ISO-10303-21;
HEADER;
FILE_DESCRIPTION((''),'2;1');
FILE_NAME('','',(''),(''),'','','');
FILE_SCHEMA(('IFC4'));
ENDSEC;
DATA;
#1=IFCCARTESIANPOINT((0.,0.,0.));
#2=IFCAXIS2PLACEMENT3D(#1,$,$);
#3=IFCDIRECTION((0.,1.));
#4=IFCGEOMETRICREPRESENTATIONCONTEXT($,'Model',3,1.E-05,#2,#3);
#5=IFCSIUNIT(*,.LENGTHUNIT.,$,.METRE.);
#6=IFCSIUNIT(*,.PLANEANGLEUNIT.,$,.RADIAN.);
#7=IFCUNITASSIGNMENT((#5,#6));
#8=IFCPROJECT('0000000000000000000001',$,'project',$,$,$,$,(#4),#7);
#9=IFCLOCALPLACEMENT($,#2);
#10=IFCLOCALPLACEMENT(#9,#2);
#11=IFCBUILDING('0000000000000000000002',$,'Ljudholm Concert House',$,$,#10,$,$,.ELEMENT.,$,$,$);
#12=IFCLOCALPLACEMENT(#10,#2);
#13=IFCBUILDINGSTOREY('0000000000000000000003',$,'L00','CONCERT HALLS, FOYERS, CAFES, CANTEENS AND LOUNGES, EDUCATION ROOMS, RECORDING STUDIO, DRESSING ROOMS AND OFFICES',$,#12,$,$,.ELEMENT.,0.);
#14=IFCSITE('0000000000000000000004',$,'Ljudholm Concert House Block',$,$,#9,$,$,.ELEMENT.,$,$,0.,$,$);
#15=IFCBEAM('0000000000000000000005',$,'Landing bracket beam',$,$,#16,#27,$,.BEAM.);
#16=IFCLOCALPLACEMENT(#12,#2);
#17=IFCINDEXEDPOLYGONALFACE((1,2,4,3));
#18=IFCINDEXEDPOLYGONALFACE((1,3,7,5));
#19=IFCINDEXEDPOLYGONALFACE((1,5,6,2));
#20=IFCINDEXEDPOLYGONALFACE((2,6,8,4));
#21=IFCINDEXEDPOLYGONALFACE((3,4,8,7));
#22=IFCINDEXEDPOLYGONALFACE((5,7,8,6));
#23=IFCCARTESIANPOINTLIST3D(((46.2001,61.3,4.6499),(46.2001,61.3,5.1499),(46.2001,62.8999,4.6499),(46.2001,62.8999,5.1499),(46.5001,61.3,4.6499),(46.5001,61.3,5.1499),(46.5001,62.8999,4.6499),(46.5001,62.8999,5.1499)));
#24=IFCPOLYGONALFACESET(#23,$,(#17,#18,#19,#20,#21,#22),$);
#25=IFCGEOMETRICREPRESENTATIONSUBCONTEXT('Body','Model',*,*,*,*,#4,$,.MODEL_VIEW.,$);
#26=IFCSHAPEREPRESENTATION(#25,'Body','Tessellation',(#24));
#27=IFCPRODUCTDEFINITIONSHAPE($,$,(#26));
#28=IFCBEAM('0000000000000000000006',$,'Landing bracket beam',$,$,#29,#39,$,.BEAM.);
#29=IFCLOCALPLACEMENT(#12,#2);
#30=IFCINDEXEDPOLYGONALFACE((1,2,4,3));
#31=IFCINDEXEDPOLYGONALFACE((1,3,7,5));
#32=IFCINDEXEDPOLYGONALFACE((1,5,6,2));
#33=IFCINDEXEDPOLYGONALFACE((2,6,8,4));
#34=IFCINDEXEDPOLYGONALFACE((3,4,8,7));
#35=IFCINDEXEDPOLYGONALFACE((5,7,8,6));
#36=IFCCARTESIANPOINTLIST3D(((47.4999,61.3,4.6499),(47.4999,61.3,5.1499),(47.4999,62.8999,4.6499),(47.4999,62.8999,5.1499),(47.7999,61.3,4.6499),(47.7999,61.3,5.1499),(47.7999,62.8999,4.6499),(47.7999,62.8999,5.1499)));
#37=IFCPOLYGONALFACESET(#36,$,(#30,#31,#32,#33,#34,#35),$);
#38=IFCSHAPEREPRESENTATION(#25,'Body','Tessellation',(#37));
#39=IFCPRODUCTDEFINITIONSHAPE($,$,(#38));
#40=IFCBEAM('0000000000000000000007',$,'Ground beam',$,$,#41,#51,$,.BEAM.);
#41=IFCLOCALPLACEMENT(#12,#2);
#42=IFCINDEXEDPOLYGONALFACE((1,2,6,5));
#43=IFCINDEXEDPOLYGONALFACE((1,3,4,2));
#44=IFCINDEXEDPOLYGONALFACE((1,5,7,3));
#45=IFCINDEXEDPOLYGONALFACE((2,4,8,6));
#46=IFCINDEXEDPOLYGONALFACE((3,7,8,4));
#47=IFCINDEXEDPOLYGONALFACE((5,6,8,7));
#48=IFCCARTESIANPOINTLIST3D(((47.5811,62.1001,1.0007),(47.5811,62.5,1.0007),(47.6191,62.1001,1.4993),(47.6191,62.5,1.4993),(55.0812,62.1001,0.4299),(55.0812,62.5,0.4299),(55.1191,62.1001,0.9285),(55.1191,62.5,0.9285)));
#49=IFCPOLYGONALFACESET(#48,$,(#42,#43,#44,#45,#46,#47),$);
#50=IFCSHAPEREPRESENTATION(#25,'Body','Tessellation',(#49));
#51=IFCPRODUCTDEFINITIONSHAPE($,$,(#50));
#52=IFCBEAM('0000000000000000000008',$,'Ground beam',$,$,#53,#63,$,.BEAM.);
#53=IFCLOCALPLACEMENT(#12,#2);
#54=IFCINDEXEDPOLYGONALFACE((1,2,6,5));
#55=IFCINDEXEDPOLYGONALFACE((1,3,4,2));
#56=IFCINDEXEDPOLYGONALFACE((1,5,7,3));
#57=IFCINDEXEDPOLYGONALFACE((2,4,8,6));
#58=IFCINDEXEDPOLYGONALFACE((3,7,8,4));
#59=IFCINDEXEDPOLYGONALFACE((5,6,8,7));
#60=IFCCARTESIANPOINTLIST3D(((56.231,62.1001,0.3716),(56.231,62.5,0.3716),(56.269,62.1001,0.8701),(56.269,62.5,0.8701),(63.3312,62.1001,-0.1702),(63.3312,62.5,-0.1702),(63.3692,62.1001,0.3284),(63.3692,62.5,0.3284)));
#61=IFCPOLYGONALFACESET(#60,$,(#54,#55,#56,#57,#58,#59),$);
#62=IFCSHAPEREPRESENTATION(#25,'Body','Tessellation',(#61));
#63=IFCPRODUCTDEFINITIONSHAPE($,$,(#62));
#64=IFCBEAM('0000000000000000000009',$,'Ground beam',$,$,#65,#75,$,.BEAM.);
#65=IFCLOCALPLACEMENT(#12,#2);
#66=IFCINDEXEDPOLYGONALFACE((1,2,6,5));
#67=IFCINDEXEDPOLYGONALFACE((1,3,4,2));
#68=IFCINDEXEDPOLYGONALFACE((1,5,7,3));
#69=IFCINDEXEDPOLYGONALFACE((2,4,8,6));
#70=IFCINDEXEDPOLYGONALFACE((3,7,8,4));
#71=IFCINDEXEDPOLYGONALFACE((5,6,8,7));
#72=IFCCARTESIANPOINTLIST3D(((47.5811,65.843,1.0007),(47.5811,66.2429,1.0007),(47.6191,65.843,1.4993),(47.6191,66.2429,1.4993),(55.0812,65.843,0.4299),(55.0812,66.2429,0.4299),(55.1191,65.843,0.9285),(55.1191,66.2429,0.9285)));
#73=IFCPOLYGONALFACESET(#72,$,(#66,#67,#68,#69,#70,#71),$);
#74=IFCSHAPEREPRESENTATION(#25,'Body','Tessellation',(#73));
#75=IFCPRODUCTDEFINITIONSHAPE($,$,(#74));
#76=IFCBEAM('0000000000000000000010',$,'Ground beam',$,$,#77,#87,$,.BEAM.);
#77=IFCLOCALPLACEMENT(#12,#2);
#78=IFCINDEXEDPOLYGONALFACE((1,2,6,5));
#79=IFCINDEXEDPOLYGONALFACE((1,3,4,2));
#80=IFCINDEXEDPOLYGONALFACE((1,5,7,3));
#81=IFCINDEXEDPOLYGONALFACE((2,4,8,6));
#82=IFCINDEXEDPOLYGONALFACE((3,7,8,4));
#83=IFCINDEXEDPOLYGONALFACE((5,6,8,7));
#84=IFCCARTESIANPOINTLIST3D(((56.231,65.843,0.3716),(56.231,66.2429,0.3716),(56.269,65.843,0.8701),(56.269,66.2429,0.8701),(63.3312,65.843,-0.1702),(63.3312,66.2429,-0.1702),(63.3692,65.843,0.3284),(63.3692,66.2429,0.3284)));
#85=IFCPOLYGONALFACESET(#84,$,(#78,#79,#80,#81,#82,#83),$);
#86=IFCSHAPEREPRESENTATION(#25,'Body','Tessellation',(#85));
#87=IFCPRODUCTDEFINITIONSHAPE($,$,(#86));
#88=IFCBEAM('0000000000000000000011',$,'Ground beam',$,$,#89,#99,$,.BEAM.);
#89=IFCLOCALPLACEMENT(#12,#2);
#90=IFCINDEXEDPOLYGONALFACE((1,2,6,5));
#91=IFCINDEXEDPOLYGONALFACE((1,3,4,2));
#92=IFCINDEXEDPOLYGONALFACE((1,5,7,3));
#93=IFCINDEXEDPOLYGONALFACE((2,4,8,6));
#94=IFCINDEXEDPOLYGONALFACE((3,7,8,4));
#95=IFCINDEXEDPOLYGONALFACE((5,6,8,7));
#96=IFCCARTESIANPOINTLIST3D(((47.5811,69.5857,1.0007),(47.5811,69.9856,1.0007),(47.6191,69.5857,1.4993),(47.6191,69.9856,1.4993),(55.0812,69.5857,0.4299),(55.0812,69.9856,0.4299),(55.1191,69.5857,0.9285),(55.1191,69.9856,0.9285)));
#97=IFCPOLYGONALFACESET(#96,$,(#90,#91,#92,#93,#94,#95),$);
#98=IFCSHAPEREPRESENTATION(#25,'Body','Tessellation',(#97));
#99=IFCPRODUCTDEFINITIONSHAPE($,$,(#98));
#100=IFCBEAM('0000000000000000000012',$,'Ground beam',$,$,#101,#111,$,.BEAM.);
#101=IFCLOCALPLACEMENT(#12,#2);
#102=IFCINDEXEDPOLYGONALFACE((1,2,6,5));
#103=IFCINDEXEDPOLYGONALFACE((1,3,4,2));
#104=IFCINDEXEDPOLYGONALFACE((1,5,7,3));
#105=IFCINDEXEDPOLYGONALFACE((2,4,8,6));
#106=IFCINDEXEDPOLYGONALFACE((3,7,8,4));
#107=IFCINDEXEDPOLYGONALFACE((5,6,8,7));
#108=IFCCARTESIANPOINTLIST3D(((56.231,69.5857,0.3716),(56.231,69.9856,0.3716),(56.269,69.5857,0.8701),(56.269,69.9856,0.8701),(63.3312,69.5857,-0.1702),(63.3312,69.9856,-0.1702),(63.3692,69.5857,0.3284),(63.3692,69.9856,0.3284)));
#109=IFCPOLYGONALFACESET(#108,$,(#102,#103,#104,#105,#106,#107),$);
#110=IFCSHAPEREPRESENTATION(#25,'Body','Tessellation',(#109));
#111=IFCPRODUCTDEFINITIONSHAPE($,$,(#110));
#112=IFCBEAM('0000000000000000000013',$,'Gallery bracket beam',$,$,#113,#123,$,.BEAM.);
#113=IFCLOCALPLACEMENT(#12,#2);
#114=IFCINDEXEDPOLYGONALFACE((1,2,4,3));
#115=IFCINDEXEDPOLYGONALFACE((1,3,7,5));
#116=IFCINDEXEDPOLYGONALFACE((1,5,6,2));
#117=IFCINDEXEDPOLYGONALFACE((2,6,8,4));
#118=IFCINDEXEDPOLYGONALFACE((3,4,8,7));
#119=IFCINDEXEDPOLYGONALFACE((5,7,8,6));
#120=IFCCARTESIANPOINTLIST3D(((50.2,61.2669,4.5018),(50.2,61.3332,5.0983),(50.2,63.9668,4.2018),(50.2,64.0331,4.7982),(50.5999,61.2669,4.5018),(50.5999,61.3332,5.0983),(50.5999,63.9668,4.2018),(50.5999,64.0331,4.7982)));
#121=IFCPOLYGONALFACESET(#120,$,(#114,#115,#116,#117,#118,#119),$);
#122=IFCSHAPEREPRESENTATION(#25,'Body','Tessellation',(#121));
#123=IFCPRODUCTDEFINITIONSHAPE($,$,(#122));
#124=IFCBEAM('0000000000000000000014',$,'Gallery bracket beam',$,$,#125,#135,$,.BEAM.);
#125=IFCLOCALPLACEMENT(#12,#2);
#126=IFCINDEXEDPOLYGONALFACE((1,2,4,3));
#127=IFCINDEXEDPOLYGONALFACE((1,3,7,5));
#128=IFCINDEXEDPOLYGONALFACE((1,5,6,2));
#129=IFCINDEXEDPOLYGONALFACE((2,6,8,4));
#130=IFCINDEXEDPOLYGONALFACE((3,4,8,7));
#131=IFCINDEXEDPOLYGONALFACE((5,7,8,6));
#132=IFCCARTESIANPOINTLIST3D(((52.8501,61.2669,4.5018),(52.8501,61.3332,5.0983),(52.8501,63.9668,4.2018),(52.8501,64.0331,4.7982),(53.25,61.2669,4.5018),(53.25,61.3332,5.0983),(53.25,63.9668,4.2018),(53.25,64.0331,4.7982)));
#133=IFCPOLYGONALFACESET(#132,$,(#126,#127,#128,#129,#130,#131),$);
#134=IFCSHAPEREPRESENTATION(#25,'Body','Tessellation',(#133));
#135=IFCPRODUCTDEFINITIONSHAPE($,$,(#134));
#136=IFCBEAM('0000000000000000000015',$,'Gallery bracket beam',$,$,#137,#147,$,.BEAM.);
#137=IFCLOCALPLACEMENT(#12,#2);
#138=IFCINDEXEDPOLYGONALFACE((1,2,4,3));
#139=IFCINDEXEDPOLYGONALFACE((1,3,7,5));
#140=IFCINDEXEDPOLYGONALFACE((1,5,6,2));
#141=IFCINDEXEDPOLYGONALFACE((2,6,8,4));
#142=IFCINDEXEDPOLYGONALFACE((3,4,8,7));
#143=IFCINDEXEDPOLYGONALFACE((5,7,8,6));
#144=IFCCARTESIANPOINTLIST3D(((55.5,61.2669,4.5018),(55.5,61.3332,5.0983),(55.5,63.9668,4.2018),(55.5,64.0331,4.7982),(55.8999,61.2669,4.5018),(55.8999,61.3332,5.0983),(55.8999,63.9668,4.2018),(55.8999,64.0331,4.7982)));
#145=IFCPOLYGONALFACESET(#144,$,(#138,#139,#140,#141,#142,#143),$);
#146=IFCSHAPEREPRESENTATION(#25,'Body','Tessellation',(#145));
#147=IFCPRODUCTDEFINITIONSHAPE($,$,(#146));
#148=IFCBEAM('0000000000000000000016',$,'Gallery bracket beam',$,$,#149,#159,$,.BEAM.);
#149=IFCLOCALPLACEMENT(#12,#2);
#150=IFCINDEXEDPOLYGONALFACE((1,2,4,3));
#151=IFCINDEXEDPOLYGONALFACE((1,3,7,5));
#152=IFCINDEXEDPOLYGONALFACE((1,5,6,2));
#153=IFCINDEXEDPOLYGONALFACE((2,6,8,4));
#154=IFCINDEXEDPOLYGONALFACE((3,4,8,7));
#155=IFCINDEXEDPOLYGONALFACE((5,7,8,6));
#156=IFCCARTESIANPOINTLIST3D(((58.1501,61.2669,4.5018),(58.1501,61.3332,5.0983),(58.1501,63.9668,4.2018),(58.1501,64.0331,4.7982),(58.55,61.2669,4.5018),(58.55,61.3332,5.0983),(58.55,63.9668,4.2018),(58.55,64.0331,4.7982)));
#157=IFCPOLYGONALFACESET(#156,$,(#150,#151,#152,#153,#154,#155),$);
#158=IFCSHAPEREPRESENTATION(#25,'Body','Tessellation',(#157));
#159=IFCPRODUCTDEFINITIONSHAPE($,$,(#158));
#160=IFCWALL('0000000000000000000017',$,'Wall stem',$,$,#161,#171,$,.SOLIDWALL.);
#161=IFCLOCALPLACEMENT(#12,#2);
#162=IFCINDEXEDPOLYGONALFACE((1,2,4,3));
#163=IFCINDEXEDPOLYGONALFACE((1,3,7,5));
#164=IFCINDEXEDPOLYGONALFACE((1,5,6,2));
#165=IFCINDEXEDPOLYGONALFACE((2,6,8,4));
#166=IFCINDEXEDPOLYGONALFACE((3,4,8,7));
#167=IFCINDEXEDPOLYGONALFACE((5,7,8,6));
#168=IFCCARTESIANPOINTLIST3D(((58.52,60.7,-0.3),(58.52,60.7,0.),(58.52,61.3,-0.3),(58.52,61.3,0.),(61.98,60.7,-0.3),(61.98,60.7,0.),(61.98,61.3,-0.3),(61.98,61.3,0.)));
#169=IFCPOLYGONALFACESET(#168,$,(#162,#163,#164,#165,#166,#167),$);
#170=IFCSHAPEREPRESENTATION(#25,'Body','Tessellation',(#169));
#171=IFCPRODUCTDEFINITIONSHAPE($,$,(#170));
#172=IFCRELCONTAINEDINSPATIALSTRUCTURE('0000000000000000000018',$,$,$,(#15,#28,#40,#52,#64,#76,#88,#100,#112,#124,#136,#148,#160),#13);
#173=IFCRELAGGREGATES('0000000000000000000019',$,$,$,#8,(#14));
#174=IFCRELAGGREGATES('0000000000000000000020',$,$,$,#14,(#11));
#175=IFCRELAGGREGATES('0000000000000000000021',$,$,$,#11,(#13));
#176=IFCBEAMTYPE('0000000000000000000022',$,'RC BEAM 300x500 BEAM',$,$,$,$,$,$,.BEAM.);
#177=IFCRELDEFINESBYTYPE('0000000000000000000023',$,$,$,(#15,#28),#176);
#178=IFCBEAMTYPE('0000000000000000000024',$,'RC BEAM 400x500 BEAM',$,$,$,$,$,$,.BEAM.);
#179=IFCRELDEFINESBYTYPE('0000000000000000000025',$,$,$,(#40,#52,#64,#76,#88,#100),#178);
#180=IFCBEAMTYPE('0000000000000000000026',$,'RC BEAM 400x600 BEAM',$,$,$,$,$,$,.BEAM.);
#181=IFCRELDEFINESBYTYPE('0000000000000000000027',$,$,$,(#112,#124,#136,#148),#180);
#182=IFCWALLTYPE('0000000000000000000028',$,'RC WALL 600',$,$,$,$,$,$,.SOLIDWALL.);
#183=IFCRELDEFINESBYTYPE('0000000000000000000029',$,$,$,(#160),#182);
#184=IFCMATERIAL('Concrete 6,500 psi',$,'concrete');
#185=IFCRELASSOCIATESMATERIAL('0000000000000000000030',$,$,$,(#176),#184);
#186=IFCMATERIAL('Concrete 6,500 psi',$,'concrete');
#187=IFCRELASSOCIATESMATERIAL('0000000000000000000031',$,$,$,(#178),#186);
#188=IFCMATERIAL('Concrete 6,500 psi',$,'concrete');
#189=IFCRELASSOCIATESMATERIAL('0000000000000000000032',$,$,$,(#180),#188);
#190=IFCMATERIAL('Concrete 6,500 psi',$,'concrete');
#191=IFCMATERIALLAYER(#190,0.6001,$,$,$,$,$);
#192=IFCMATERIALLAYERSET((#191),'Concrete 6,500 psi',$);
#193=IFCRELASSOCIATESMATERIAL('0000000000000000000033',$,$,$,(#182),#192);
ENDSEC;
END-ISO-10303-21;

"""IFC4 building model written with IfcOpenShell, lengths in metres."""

from ifc_helpers import new_model, si_unit, direction, frame, frame_2d, origin, origin_2d, place, context, subcontext, project, spatial, rectangle, extrude, material, layer, layer_set, material_profile, profile_set, type_object, element, save


model = new_model("IFC4")

# Units and contexts
model_context = context("Model", 3, precision=1e-05, world=origin(), true_north=direction((0.0, 1.0)))
body_context = subcontext(model_context, "Body", "Model", "MODEL_VIEW")
ifc_project = project(units=[si_unit("LENGTHUNIT", "METRE"), si_unit("PLANEANGLEUNIT", "RADIAN")], contexts=[model_context])

# Site, building, storey
site_placement = place(None, origin())
site = spatial("IfcSite", under=ifc_project, at=site_placement, Name="Ljudholm Concert House Block", CompositionType="ELEMENT", RefElevation=0.0)
building_placement = place(site_placement, origin())
building = spatial("IfcBuilding", under=site, at=building_placement, Name="Ljudholm Concert House", CompositionType="ELEMENT")
storey_placement = place(building_placement, origin())
storey = spatial("IfcBuildingStorey", under=building, at=storey_placement, Name="L00", Description="CONCERT HALLS, FOYERS, CAFES, CANTEENS AND LOUNGES, EDUCATION ROOMS, RECORDING STUDIO, DRESSING ROOMS AND OFFICES", CompositionType="ELEMENT", Elevation=0.0)

# Beams
ifc_material_1 = material(Name="Concrete 6,500 psi", Category="concrete")
ifc_material_profile_1 = material_profile(ifc_material_1, rectangle(XDim=0.3, YDim=0.5, at=origin_2d()), Name="RC BEAM 300x500 BEAM")
ifc_profile_set_1 = profile_set([ifc_material_profile_1], Name="Concrete 6,500 psi")
beam_type_1 = type_object("IfcBeamType", Name="RC BEAM 300x500 BEAM", PredefinedType="BEAM", material=ifc_profile_set_1)
for number, where, z_axis, x_axis, name in (
    (1, (46.3501, 61.3, 4.8999), (0.0, 1.0, 0.0), (-1.0, 0.0, 0.0), "Landing bracket beam"),
    (2, (47.6499, 61.3, 4.8999), (0.0, 1.0, 0.0), (-1.0, 0.0, 0.0), "Landing bracket beam"),
):
    element("IfcBeam", number, at=place(storey_placement, frame(where, z_axis=z_axis, x_axis=x_axis)), inside=storey, type_object=beam_type_1, Name=name, PredefinedType="BEAM", context=body_context, shape_type="SweptSolid", body=[
        extrude(rectangle(XDim=0.3, YDim=0.5, at=origin_2d()), origin(), (0.0, 0.0, 1.0), 1.5999),
    ])
ifc_material_2 = material(Name="Concrete 6,500 psi", Category="concrete")
ifc_material_profile_2 = material_profile(ifc_material_2, rectangle(XDim=0.3999, YDim=0.5, at=origin_2d()), Name="RC BEAM 400x500 BEAM")
ifc_profile_set_2 = profile_set([ifc_material_profile_2], Name="Concrete 6,500 psi")
beam_type_2 = type_object("IfcBeamType", Name="RC BEAM 400x500 BEAM", PredefinedType="BEAM", material=ifc_profile_set_2)
beam_1_placement = place(storey_placement, frame((47.6001, 62.3, 1.25), z_axis=(0.997116, 0.0, -0.075887), x_axis=(0.0, 1.0, 0.0)))
element("IfcBeam", 3, at=beam_1_placement, inside=storey, type_object=beam_type_2, Name="Ground beam", PredefinedType="BEAM", context=body_context, shape_type="SweptSolid", body=[
    extrude(rectangle(XDim=0.3999, YDim=0.5, at=origin_2d()), origin(), (0.0, 0.0, 1.0), 7.5217),
])
beam_2_placement = place(storey_placement, frame((56.25, 62.3, 0.6208), z_axis=(0.997102, 0.0, -0.07608), x_axis=(0.0, 1.0, 0.0)))
element("IfcBeam", 4, at=beam_2_placement, inside=storey, type_object=beam_type_2, Name="Ground beam", PredefinedType="BEAM", context=body_context, shape_type="SweptSolid", body=[
    extrude(rectangle(XDim=0.3999, YDim=0.5, at=origin_2d()), origin(), (0.0, 0.0, 1.0), 7.1208),
])
beam_3_placement = place(storey_placement, frame((47.6001, 66.043, 1.25), z_axis=(0.997116, 0.0, -0.075887), x_axis=(0.0, 1.0, 0.0)))
element("IfcBeam", 5, at=beam_3_placement, inside=storey, type_object=beam_type_2, Name="Ground beam", PredefinedType="BEAM", context=body_context, shape_type="SweptSolid", body=[
    extrude(rectangle(XDim=0.3999, YDim=0.5, at=origin_2d()), origin(), (0.0, 0.0, 1.0), 7.5217),
])
beam_4_placement = place(storey_placement, frame((56.25, 66.043, 0.6208), z_axis=(0.997102, 0.0, -0.07608), x_axis=(0.0, 1.0, 0.0)))
element("IfcBeam", 6, at=beam_4_placement, inside=storey, type_object=beam_type_2, Name="Ground beam", PredefinedType="BEAM", context=body_context, shape_type="SweptSolid", body=[
    extrude(rectangle(XDim=0.3999, YDim=0.5, at=origin_2d()), origin(), (0.0, 0.0, 1.0), 7.1208),
])
beam_5_placement = place(storey_placement, frame((47.6001, 69.7856, 1.25), z_axis=(0.997116, 0.0, -0.075887), x_axis=(0.0, 1.0, 0.0)))
element("IfcBeam", 7, at=beam_5_placement, inside=storey, type_object=beam_type_2, Name="Ground beam", PredefinedType="BEAM", context=body_context, shape_type="SweptSolid", body=[
    extrude(rectangle(XDim=0.3999, YDim=0.5, at=origin_2d()), origin(), (0.0, 0.0, 1.0), 7.5217),
])
beam_6_placement = place(storey_placement, frame((56.25, 69.7856, 0.6208), z_axis=(0.997102, 0.0, -0.07608), x_axis=(0.0, 1.0, 0.0)))
element("IfcBeam", 8, at=beam_6_placement, inside=storey, type_object=beam_type_2, Name="Ground beam", PredefinedType="BEAM", context=body_context, shape_type="SweptSolid", body=[
    extrude(rectangle(XDim=0.3999, YDim=0.5, at=origin_2d()), origin(), (0.0, 0.0, 1.0), 7.1208),
])
ifc_material_3 = material(Name="Concrete 6,500 psi", Category="concrete")
ifc_material_profile_3 = material_profile(ifc_material_3, rectangle(XDim=0.3999, YDim=0.6001, at=origin_2d()), Name="RC BEAM 400x600 BEAM")
ifc_profile_set_3 = profile_set([ifc_material_profile_3], Name="Concrete 6,500 psi")
beam_type_3 = type_object("IfcBeamType", Name="RC BEAM 400x600 BEAM", PredefinedType="BEAM", material=ifc_profile_set_3)
for number, where, z_axis, x_axis, name in (
    (9, (50.3999, 61.3, 4.8), (0.0, 0.993882, -0.110451), (-1.0, 0.0, 0.0), "Gallery bracket beam"),
    (10, (53.05, 61.3, 4.8), (0.0, 0.993882, -0.110451), (-1.0, 0.0, 0.0), "Gallery bracket beam"),
    (11, (55.7, 61.3, 4.8), (0.0, 0.993882, -0.110451), (-1.0, 0.0, 0.0), "Gallery bracket beam"),
    (12, (58.3501, 61.3, 4.8), (0.0, 0.993882, -0.110451), (-1.0, 0.0, 0.0), "Gallery bracket beam"),
):
    element("IfcBeam", number, at=place(storey_placement, frame(where, z_axis=z_axis, x_axis=x_axis)), inside=storey, type_object=beam_type_3, Name=name, PredefinedType="BEAM", context=body_context, shape_type="SweptSolid", body=[
        extrude(rectangle(XDim=0.3999, YDim=0.6001, at=origin_2d()), origin(), (0.0, 0.0, 1.0), 2.7166),
    ])

# Wall
ifc_material_4 = material(Name="Concrete 6,500 psi", Category="concrete")
ifc_layer = layer(ifc_material_4, 0.6001)
ifc_layer_set = layer_set([ifc_layer], Name="Concrete 6,500 psi")
wall_type = type_object("IfcWallType", Name="RC WALL 600", PredefinedType="SOLIDWALL", material=ifc_layer_set)
wall_placement = place(storey_placement, frame((58.52, 61.0, -0.3), z_axis=(0.0, 0.0, 1.0), x_axis=(1.0, 0.0, 0.0)))
element("IfcWall", 13, at=wall_placement, inside=storey, type_object=wall_type, Name="Wall stem", PredefinedType="SOLIDWALL", context=body_context, shape_type="SweptSolid", body=[
    extrude(rectangle(XDim=3.46, YDim=0.6001, at=frame_2d((1.73, 0.0))), origin(), (0.0, 0.0, 1.0), 0.3),
])

save(model, "model.ifc")
